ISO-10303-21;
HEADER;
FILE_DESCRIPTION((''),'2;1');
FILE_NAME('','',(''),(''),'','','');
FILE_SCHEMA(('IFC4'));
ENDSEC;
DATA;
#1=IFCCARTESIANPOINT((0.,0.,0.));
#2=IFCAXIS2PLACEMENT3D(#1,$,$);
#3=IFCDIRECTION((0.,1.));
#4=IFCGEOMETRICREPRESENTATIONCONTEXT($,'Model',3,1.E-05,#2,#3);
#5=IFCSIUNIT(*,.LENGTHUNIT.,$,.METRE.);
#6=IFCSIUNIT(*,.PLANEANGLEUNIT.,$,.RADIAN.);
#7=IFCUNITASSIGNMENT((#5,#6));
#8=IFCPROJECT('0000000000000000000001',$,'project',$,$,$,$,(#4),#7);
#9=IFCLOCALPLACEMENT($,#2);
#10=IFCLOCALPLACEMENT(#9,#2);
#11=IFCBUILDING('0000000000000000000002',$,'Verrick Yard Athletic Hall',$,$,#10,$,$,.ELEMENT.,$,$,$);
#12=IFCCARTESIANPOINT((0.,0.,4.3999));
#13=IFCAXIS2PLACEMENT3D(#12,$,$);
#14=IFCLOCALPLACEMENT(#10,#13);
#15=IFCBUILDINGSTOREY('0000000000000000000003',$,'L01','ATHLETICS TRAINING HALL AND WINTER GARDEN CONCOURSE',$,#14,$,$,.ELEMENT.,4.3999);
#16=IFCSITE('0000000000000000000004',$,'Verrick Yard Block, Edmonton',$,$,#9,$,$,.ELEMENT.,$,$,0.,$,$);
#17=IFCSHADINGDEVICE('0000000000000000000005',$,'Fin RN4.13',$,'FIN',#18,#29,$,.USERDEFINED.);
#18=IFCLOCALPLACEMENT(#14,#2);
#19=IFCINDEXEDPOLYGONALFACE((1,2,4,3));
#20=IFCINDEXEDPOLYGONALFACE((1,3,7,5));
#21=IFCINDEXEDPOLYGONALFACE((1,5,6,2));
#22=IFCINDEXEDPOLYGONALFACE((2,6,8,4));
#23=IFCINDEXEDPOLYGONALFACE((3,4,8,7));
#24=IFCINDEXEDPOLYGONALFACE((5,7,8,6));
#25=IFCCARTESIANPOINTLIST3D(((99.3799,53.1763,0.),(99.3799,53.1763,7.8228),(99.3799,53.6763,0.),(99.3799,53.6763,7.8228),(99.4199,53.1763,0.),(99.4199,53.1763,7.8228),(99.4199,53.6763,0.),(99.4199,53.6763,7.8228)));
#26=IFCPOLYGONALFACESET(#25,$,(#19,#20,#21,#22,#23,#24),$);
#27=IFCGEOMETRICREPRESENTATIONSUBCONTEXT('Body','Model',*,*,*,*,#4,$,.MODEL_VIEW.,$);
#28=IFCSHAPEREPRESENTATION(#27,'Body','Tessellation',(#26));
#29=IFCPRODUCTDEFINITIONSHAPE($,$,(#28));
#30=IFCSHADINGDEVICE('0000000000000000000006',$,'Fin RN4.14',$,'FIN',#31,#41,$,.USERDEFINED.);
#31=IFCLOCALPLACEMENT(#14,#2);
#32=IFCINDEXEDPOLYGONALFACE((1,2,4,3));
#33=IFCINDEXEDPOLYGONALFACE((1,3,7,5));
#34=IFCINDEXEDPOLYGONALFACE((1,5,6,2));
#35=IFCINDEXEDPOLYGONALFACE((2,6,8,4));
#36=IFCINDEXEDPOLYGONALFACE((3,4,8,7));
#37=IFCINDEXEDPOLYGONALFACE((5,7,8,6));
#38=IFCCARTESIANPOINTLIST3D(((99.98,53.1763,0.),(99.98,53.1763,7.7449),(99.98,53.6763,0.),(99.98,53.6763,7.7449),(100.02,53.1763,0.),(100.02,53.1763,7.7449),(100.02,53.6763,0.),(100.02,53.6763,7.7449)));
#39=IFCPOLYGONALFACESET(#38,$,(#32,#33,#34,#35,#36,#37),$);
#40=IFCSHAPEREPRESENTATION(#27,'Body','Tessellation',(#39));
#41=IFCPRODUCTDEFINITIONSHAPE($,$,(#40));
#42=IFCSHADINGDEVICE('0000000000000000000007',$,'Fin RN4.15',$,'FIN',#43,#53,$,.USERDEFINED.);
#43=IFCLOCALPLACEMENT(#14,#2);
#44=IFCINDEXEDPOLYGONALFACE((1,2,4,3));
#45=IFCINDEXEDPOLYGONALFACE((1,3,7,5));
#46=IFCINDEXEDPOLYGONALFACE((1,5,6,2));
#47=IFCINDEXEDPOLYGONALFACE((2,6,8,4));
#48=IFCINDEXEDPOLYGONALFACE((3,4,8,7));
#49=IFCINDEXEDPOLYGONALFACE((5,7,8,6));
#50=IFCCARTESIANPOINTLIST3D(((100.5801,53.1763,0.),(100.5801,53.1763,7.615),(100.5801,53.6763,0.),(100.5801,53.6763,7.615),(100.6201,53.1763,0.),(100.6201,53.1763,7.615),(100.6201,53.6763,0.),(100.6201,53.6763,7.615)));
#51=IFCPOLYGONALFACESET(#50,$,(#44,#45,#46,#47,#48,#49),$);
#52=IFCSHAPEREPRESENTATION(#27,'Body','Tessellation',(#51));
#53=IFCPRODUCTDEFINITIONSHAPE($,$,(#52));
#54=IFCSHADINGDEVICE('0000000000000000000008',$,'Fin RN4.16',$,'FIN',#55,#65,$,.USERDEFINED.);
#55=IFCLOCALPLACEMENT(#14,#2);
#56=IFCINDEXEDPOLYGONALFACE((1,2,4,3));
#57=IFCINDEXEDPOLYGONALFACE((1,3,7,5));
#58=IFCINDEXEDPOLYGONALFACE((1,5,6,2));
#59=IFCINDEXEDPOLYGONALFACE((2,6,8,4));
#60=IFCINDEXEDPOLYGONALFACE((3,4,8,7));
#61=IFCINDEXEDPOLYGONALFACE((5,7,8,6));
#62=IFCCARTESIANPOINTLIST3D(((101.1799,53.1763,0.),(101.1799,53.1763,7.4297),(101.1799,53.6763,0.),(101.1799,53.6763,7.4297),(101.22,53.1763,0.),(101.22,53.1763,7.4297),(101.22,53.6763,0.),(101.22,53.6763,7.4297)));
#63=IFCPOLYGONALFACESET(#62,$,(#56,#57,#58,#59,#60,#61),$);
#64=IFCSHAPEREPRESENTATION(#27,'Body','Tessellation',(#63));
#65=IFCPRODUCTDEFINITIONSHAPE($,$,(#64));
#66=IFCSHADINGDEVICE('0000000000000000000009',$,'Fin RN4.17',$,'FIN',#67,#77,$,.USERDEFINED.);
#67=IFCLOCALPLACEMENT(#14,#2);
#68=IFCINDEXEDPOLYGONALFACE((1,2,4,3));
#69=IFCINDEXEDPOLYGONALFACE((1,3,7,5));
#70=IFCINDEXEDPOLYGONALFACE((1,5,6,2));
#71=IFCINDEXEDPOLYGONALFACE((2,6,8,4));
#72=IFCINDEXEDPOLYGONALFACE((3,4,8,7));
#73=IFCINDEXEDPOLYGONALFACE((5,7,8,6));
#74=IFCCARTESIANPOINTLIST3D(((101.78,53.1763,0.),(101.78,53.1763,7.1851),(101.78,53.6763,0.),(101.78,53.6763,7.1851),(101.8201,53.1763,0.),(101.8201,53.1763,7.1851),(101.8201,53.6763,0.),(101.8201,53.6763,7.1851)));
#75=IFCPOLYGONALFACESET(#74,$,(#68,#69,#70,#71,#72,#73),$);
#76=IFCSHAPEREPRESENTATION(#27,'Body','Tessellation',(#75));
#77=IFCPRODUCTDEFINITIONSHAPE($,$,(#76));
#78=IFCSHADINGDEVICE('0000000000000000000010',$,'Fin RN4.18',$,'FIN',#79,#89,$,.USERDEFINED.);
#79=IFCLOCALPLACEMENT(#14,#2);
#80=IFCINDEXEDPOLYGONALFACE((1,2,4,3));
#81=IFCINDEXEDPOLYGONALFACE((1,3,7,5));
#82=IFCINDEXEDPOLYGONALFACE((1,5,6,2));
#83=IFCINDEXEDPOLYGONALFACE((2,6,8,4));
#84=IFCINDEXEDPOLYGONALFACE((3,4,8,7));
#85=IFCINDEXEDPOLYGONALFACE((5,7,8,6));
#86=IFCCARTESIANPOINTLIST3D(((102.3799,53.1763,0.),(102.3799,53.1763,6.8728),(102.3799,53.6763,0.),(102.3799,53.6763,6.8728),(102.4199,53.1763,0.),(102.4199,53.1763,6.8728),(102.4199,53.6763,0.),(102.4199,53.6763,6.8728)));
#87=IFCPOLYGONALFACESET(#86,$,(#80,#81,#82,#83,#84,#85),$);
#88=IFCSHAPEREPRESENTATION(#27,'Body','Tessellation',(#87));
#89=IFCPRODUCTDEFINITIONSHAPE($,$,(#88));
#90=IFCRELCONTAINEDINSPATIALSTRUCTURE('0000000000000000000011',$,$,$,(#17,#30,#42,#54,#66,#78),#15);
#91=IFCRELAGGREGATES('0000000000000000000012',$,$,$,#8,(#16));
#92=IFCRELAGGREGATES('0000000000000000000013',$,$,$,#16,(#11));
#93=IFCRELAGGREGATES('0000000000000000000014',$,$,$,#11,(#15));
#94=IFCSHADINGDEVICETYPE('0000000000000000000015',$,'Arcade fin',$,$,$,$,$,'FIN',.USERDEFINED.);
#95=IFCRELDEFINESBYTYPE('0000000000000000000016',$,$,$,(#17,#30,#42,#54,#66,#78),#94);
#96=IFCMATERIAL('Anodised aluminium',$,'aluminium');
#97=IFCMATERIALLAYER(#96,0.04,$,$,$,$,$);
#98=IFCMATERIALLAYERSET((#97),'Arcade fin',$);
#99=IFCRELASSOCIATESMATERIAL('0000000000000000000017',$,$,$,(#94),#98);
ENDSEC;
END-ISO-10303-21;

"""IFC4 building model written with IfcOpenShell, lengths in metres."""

from ifc_helpers import new_model, si_unit, direction, frame, origin, place, context, subcontext, project, spatial, polyline, outline, extrude, material, layer, layer_set, type_object, element, save


model = new_model("IFC4")

# Units and contexts
model_context = context("Model", 3, precision=1e-05, world=origin(), true_north=direction((0.0, 1.0)))
body_context = subcontext(model_context, "Body", "Model", "MODEL_VIEW")
ifc_project = project(units=[si_unit("LENGTHUNIT", "METRE"), si_unit("PLANEANGLEUNIT", "RADIAN")], contexts=[model_context])

# Site, building, storey
site_placement = place(None, origin())
site = spatial("IfcSite", under=ifc_project, at=site_placement, Name="Verrick Yard Block, Edmonton", CompositionType="ELEMENT", RefElevation=0.0)
building_placement = place(site_placement, origin())
building = spatial("IfcBuilding", under=site, at=building_placement, Name="Verrick Yard Athletic Hall", CompositionType="ELEMENT")
storey_placement = place(building_placement, frame((0.0, 0.0, 4.3999)))
storey = spatial("IfcBuildingStorey", under=building, at=storey_placement, Name="L01", Description="ATHLETICS TRAINING HALL AND WINTER GARDEN CONCOURSE", CompositionType="ELEMENT", Elevation=4.3999)

# Shading devices
ifc_material_1 = material(Name="Anodised aluminium", Category="aluminium")
ifc_layer_1 = layer(ifc_material_1, 0.04)
ifc_layer_set_1 = layer_set([ifc_layer_1], Name="Arcade fin")
shading_device_type = type_object("IfcShadingDeviceType", Name="Arcade fin", ElementType="FIN", PredefinedType="USERDEFINED", material=ifc_layer_set_1)
shading_device_1_placement = place(storey_placement, frame((99.3999, 53.1763, 0.0), z_axis=(0.0, 0.0, 1.0), x_axis=(0.0, 1.0, 0.0)))
element("IfcShadingDevice", 1, at=shading_device_1_placement, inside=storey, type_object=shading_device_type, Name="Fin RN4.13", ObjectType="FIN", PredefinedType="USERDEFINED", context=body_context, shape_type="SweptSolid", body=[
    extrude(outline(polyline([(0.0, 0.0), (0.5, 0.0), (0.5, 7.8228), (0.0, 7.8228), (0.0, 0.0)])), frame((0.0, 0.02, 0.0), z_axis=(0.0, -1.0, 0.0), x_axis=(1.0, 0.0, 0.0)), (0.0, 0.0, 1.0), 0.04),
])
shading_device_2_placement = place(storey_placement, frame((100.0, 53.1763, 0.0), z_axis=(0.0, 0.0, 1.0), x_axis=(0.0, 1.0, 0.0)))
element("IfcShadingDevice", 2, at=shading_device_2_placement, inside=storey, type_object=shading_device_type, Name="Fin RN4.14", ObjectType="FIN", PredefinedType="USERDEFINED", context=body_context, shape_type="SweptSolid", body=[
    extrude(outline(polyline([(0.0, 0.0), (0.5, 0.0), (0.5, 7.7449), (0.0, 7.7449), (0.0, 0.0)])), frame((0.0, 0.02, 0.0), z_axis=(0.0, -1.0, 0.0), x_axis=(1.0, 0.0, 0.0)), (0.0, 0.0, 1.0), 0.04),
])
shading_device_3_placement = place(storey_placement, frame((100.6001, 53.1763, 0.0), z_axis=(0.0, 0.0, 1.0), x_axis=(0.0, 1.0, 0.0)))
element("IfcShadingDevice", 3, at=shading_device_3_placement, inside=storey, type_object=shading_device_type, Name="Fin RN4.15", ObjectType="FIN", PredefinedType="USERDEFINED", context=body_context, shape_type="SweptSolid", body=[
    extrude(outline(polyline([(0.0, 0.0), (0.5, 0.0), (0.5, 7.615), (0.0, 7.615), (0.0, 0.0)])), frame((0.0, 0.02, 0.0), z_axis=(0.0, -1.0, 0.0), x_axis=(1.0, 0.0, 0.0)), (0.0, 0.0, 1.0), 0.04),
])
shading_device_4_placement = place(storey_placement, frame((101.2, 53.1763, 0.0), z_axis=(0.0, 0.0, 1.0), x_axis=(0.0, 1.0, 0.0)))
element("IfcShadingDevice", 4, at=shading_device_4_placement, inside=storey, type_object=shading_device_type, Name="Fin RN4.16", ObjectType="FIN", PredefinedType="USERDEFINED", context=body_context, shape_type="SweptSolid", body=[
    extrude(outline(polyline([(0.0, 0.0), (0.5, 0.0), (0.5, 7.4297), (0.0, 7.4297), (0.0, 0.0)])), frame((0.0, 0.02, 0.0), z_axis=(0.0, -1.0, 0.0), x_axis=(1.0, 0.0, 0.0)), (0.0, 0.0, 1.0), 0.04),
])
shading_device_5_placement = place(storey_placement, frame((101.8, 53.1763, 0.0), z_axis=(0.0, 0.0, 1.0), x_axis=(0.0, 1.0, 0.0)))
element("IfcShadingDevice", 5, at=shading_device_5_placement, inside=storey, type_object=shading_device_type, Name="Fin RN4.17", ObjectType="FIN", PredefinedType="USERDEFINED", context=body_context, shape_type="SweptSolid", body=[
    extrude(outline(polyline([(0.0, 0.0), (0.5, 0.0), (0.5, 7.1851), (0.0, 7.1851), (0.0, 0.0)])), frame((0.0, 0.02, 0.0), z_axis=(0.0, -1.0, 0.0), x_axis=(1.0, 0.0, 0.0)), (0.0, 0.0, 1.0), 0.04),
])
shading_device_6_placement = place(storey_placement, frame((102.3999, 53.1763, 0.0), z_axis=(0.0, 0.0, 1.0), x_axis=(0.0, 1.0, 0.0)))
element("IfcShadingDevice", 6, at=shading_device_6_placement, inside=storey, type_object=shading_device_type, Name="Fin RN4.18", ObjectType="FIN", PredefinedType="USERDEFINED", context=body_context, shape_type="SweptSolid", body=[
    extrude(outline(polyline([(0.0, 0.0), (0.5, 0.0), (0.5, 6.8728), (0.0, 6.8728), (0.0, 0.0)])), frame((0.0, 0.02, 0.0), z_axis=(0.0, -1.0, 0.0), x_axis=(1.0, 0.0, 0.0)), (0.0, 0.0, 1.0), 0.04),
])

save(model, "model.ifc")
